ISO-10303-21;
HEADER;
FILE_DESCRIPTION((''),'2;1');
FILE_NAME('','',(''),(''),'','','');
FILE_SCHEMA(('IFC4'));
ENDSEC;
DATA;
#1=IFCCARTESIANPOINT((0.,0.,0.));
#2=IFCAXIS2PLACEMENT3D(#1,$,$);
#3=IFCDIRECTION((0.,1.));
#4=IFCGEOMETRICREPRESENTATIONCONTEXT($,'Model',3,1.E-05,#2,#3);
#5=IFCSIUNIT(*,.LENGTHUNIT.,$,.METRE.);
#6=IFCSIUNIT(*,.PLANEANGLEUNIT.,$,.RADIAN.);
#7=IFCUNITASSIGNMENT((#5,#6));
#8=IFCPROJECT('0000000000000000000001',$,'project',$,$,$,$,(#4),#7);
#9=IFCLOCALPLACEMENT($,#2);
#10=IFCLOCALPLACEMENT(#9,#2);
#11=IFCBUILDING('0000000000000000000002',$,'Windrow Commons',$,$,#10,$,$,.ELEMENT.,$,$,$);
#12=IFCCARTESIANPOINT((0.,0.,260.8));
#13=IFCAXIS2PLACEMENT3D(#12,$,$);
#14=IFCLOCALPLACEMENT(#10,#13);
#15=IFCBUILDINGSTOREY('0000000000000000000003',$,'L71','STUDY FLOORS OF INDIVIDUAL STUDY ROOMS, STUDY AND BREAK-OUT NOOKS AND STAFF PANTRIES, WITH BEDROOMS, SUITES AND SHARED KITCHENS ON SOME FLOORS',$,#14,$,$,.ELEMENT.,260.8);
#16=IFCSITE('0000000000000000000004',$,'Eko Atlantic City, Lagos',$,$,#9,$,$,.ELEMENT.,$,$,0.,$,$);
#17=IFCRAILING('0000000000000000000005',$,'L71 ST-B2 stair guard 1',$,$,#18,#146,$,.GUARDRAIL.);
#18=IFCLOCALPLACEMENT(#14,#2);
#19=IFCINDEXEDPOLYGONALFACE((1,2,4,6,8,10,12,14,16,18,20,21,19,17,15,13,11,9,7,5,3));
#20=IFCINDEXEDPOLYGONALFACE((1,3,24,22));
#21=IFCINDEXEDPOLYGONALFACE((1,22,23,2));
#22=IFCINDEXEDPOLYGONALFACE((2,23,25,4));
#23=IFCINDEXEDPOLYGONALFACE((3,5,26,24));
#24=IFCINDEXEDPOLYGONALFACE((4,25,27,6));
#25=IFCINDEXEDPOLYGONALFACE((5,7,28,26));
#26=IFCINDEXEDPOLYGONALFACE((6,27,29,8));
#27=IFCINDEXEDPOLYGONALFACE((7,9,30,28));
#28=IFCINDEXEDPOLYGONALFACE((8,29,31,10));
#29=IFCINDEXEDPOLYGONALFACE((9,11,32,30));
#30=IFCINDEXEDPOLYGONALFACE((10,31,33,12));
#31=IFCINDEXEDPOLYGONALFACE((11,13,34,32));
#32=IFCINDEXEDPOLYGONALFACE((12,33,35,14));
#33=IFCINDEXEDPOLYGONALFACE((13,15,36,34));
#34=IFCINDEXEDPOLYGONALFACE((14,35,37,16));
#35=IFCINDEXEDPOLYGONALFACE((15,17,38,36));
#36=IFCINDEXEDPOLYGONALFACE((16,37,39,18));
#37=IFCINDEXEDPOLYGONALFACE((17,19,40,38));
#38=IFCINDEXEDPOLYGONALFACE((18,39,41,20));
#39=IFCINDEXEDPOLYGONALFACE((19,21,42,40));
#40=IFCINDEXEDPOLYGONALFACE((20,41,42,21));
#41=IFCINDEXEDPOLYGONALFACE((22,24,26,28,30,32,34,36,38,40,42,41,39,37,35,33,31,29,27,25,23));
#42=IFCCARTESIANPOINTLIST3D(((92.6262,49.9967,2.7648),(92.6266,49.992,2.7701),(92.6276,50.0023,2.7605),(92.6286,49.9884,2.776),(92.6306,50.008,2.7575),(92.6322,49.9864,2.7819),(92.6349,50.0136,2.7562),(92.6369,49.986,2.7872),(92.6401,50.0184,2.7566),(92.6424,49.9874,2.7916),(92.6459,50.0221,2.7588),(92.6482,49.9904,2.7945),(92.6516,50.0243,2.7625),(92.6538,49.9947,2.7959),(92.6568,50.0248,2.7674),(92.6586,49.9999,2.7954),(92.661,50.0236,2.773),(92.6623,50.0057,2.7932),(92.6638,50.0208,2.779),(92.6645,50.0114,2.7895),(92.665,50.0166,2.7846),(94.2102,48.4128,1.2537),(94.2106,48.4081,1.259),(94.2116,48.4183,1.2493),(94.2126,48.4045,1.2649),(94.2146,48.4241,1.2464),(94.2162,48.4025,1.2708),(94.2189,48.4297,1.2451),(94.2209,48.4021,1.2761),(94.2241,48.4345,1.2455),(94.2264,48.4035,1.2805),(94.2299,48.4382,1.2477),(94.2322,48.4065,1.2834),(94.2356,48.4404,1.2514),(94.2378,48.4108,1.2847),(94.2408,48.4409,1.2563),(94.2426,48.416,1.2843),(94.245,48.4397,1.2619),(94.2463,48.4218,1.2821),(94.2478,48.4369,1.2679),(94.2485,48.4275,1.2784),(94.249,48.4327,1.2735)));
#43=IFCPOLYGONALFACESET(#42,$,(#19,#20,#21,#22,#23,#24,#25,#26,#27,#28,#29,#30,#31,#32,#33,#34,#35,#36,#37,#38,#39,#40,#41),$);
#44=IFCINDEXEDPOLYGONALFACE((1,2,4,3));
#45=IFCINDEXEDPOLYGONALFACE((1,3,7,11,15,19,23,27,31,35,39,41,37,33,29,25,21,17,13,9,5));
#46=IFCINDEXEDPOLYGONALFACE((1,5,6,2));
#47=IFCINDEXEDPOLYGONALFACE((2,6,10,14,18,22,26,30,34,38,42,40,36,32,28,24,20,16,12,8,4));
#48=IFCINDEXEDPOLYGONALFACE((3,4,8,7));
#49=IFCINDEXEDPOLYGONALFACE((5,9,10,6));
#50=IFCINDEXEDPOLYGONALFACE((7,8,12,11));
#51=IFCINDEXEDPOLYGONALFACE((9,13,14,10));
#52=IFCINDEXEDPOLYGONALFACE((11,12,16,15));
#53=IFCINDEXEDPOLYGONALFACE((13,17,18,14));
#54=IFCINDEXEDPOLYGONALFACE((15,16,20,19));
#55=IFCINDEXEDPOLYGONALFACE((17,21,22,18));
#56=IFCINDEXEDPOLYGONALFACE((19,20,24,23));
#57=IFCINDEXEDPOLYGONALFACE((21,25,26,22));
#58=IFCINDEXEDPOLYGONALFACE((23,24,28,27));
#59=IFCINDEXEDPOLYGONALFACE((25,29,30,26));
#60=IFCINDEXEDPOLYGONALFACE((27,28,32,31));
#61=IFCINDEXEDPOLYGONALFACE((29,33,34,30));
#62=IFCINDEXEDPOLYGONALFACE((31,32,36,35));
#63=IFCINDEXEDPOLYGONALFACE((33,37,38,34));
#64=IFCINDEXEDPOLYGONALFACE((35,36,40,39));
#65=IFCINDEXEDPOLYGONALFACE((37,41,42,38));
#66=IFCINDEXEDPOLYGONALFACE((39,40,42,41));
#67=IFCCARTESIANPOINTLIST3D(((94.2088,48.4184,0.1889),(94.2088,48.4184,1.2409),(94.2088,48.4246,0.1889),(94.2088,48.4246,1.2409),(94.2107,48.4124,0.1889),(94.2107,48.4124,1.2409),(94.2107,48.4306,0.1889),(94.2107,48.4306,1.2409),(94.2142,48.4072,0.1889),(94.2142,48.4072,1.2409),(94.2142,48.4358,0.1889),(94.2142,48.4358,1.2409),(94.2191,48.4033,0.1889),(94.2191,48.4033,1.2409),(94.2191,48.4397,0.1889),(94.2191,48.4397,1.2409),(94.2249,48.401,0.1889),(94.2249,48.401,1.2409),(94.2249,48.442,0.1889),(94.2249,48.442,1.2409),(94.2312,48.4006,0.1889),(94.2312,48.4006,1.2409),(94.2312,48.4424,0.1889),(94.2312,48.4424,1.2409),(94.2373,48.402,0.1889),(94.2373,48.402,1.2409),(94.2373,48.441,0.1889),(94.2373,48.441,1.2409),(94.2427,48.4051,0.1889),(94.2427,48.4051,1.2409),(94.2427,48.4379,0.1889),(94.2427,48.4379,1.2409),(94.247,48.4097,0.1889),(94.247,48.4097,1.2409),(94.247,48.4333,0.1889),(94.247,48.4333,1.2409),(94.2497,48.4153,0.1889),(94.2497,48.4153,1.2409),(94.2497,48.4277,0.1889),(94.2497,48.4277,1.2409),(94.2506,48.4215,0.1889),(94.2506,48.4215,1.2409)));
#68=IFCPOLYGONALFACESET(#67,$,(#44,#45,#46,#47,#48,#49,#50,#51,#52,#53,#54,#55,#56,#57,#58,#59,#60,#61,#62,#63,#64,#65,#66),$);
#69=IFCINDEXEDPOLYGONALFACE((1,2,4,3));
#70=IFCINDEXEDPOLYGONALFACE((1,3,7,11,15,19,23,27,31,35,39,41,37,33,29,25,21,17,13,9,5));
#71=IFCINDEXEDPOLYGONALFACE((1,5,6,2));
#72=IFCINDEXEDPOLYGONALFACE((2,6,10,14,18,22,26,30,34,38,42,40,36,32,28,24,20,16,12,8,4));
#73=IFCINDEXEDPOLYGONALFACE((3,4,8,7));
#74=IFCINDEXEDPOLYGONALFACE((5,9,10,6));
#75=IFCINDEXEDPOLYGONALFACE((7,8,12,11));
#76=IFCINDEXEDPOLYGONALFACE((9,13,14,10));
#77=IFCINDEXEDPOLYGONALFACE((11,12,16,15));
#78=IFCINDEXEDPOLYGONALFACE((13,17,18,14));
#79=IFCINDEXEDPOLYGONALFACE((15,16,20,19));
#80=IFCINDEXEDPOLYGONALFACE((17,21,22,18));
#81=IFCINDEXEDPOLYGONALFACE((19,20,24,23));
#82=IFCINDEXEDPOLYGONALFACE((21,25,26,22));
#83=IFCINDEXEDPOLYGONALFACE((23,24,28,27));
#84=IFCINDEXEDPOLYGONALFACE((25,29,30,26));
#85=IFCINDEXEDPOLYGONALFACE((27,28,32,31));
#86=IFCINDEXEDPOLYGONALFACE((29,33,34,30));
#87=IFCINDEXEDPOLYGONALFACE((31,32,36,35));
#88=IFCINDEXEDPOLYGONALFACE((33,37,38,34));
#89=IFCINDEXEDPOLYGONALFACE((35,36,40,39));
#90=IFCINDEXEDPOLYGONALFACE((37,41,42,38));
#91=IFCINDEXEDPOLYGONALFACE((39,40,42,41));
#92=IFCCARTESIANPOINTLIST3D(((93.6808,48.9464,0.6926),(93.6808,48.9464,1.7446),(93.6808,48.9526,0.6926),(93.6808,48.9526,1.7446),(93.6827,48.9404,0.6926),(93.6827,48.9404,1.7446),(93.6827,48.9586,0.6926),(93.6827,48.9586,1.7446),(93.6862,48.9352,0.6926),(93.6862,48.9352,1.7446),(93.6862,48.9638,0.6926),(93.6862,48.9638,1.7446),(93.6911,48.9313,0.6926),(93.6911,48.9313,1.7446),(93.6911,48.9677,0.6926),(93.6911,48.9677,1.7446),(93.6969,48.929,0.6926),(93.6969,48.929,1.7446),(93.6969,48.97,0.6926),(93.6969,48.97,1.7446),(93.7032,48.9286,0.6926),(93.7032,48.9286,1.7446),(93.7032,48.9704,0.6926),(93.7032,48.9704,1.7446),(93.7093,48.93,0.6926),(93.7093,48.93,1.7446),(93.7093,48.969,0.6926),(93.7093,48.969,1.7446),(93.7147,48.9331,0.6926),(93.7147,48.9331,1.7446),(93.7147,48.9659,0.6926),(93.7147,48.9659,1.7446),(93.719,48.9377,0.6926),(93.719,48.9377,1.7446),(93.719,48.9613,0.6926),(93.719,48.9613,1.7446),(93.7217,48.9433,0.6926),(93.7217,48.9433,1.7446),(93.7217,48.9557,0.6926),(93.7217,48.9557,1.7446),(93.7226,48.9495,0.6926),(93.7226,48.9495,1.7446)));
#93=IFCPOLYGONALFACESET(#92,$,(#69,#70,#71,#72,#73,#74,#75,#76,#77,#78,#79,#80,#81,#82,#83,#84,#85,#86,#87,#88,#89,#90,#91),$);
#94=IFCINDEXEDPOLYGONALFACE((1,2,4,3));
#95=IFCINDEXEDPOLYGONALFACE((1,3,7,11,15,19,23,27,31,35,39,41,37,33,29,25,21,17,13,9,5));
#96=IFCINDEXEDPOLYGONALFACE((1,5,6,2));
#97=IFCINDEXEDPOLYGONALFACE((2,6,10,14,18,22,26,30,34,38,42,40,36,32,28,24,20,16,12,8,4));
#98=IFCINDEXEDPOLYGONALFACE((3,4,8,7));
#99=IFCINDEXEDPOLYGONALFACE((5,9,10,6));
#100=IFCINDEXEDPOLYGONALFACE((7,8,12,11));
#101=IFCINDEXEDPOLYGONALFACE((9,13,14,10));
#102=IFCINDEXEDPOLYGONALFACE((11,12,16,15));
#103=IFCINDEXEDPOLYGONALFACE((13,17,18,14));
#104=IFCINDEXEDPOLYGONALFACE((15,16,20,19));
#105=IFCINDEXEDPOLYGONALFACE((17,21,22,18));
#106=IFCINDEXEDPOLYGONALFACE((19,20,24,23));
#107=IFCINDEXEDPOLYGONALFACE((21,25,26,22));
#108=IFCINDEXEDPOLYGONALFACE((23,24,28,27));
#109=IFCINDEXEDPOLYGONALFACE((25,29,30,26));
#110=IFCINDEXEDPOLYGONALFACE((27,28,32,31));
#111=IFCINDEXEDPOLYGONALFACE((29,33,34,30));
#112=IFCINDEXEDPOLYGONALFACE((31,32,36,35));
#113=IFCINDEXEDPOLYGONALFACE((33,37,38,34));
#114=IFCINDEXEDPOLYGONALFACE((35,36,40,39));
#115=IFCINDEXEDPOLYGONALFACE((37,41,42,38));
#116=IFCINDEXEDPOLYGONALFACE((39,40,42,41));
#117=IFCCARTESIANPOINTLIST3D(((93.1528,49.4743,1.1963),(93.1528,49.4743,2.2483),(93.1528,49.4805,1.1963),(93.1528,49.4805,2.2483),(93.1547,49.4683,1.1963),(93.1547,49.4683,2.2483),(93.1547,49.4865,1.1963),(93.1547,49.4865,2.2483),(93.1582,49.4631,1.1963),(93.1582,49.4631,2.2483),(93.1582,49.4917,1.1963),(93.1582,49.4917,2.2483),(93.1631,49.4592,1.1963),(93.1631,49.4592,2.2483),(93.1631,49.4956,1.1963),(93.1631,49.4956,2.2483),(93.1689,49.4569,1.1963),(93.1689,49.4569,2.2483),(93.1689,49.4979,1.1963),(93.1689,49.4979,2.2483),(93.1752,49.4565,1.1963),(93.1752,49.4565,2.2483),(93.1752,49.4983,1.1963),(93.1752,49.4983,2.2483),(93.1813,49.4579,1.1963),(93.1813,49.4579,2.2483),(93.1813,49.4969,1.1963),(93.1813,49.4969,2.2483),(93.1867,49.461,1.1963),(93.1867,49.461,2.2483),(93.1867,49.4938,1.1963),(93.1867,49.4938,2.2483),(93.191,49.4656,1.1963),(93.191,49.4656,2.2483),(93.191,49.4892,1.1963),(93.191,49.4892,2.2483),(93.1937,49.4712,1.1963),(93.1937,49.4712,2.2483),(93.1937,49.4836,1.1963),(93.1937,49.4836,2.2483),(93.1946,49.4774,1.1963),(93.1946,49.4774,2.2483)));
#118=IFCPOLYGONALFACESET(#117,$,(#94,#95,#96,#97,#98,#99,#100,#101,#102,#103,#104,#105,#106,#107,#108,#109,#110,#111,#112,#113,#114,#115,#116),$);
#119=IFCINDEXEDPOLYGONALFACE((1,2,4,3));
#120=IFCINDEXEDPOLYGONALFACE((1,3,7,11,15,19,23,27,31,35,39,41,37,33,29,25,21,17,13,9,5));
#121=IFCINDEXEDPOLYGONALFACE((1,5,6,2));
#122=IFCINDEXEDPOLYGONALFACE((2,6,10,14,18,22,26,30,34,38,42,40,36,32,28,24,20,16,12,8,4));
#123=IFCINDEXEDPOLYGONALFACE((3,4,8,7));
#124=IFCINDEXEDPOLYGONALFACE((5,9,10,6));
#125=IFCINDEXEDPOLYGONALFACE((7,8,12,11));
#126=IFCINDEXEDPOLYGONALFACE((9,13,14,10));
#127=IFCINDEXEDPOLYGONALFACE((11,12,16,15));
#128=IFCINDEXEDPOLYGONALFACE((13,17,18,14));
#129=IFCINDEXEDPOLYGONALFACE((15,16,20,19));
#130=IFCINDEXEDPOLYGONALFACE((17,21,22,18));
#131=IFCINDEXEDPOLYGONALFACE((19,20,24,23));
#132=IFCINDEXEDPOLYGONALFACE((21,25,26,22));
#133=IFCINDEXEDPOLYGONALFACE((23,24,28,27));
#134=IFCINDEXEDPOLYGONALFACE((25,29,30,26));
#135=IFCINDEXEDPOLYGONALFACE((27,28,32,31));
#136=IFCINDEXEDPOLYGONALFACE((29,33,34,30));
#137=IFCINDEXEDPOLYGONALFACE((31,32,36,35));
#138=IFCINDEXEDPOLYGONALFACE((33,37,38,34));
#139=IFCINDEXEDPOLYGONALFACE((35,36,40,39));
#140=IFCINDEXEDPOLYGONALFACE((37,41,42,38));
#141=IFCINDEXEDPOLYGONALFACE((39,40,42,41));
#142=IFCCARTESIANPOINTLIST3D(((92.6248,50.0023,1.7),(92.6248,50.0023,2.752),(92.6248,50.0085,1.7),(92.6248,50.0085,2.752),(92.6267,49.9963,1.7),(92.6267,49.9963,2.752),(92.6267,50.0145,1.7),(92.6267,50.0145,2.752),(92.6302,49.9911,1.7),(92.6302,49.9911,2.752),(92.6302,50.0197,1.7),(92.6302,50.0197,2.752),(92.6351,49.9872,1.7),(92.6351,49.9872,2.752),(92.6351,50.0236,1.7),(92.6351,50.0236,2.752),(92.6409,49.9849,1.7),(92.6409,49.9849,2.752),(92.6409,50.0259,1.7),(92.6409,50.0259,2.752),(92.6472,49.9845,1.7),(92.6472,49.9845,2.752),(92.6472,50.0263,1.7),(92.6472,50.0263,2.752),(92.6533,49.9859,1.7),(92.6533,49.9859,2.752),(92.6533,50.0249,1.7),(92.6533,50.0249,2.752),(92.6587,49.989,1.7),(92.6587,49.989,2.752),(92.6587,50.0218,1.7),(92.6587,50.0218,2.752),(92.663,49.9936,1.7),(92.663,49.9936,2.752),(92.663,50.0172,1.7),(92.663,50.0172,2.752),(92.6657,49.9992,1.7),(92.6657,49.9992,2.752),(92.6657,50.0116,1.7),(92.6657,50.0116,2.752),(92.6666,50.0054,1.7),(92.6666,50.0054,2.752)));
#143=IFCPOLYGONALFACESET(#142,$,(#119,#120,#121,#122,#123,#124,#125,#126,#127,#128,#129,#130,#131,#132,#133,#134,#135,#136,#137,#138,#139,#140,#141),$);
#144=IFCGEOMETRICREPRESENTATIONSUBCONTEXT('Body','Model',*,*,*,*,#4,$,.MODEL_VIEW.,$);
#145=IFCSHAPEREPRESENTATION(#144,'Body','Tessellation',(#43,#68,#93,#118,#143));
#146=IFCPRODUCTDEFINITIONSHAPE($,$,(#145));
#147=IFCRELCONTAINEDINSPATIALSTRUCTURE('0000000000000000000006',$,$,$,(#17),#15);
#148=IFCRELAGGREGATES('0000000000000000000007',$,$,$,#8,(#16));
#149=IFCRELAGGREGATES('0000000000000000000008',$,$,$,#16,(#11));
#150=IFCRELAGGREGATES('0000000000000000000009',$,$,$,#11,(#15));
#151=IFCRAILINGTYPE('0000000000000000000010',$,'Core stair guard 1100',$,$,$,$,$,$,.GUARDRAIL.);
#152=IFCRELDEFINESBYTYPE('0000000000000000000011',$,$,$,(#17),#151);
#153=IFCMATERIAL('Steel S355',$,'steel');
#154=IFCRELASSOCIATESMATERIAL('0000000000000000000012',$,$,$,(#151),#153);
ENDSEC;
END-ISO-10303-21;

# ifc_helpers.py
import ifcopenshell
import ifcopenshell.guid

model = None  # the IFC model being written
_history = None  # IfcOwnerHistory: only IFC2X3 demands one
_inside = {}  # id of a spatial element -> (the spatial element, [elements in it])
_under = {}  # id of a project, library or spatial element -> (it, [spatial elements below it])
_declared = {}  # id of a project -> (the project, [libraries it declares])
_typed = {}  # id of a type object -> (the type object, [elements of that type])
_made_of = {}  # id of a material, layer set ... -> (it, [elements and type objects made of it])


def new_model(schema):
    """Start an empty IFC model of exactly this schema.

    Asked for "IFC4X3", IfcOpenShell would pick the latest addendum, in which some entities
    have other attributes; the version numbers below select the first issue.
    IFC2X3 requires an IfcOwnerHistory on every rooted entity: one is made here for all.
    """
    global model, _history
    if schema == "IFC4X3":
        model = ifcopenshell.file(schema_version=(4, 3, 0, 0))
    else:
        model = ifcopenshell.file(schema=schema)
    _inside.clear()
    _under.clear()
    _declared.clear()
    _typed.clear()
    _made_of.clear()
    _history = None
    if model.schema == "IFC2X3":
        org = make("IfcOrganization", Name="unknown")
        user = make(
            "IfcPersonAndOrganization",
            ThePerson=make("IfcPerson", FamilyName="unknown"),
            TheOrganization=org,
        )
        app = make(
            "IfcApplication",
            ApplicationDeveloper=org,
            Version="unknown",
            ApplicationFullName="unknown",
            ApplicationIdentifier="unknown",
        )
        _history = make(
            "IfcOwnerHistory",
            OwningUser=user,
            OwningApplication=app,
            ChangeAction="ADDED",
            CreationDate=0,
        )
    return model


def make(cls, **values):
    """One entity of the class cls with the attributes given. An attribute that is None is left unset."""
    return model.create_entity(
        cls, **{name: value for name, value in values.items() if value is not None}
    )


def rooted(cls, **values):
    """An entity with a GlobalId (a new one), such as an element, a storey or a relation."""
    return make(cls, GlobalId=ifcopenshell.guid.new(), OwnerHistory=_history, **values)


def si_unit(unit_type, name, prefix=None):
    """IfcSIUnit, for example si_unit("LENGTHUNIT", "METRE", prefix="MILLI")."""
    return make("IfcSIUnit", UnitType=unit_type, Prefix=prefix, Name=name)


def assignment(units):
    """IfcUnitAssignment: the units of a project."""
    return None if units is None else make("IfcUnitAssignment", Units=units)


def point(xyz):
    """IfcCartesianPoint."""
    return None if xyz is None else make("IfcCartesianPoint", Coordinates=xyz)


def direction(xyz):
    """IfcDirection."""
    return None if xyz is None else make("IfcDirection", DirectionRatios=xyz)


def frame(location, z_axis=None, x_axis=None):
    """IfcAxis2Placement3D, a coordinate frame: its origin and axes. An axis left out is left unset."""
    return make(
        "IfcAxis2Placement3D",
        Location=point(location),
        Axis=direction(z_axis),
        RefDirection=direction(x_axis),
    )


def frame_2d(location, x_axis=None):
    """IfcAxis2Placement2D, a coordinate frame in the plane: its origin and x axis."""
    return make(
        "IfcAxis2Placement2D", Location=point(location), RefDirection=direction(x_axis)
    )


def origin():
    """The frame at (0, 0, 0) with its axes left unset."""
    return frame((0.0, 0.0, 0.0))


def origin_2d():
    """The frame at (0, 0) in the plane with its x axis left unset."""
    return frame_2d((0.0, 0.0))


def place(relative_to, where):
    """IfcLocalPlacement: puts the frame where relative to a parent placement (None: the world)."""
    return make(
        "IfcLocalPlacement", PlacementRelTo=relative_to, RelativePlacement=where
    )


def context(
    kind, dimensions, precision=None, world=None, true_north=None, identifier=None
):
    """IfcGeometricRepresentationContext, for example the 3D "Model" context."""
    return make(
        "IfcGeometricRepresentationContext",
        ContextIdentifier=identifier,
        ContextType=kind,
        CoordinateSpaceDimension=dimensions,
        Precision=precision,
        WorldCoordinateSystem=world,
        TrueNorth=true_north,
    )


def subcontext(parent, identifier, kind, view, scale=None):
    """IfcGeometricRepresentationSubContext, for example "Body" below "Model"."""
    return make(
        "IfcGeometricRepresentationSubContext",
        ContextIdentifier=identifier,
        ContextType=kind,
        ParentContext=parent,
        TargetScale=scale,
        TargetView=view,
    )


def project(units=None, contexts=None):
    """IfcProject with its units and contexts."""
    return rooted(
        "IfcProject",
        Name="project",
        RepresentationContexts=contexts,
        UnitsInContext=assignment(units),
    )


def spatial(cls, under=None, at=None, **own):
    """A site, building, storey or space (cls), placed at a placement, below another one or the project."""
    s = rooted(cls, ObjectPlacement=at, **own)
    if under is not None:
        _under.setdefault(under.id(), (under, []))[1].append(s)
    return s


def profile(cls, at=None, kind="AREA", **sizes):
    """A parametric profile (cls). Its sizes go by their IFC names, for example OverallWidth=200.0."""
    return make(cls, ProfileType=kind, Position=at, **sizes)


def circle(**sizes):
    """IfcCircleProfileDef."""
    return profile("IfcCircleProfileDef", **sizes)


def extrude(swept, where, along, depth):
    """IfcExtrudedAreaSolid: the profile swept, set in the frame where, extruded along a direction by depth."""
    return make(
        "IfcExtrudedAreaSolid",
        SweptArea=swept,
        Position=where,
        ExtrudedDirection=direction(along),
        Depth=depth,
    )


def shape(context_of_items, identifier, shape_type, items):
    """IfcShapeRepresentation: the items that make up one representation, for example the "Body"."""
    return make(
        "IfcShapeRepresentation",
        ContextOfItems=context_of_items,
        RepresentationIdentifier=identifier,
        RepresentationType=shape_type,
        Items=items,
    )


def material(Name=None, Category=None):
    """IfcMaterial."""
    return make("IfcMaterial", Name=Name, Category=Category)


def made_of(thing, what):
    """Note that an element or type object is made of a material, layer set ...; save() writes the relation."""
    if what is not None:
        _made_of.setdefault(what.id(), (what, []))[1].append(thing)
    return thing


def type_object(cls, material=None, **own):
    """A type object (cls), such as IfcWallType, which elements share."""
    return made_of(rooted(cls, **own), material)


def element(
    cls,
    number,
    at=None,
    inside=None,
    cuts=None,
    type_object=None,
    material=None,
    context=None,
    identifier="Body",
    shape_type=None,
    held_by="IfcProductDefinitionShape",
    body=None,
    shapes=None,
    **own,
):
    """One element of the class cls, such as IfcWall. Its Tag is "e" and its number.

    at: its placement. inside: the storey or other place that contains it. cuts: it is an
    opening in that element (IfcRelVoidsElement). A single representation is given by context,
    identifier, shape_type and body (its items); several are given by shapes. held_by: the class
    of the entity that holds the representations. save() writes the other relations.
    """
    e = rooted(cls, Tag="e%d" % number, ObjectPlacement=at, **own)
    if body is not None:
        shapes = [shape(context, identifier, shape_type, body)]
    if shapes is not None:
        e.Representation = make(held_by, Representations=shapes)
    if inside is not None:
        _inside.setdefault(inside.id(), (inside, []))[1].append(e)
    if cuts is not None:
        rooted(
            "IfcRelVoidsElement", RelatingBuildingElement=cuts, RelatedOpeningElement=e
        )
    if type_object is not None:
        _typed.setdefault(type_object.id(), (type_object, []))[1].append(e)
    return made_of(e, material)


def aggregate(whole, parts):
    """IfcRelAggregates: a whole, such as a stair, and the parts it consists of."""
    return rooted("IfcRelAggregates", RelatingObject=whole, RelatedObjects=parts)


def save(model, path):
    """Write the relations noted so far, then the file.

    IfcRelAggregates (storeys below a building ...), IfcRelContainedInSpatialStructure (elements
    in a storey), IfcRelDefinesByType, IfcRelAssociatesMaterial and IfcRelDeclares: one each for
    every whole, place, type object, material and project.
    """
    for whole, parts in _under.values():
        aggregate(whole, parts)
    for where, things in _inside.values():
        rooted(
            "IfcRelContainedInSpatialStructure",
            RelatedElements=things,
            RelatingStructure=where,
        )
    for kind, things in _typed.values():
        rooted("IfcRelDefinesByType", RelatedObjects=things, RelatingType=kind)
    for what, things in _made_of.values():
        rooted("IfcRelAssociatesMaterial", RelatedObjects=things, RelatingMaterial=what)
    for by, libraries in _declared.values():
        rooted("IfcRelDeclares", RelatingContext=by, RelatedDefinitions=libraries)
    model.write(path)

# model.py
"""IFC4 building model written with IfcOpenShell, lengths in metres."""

from ifc_helpers import new_model, si_unit, direction, frame, origin, origin_2d, place, context, subcontext, project, spatial, circle, extrude, material, type_object, element, save


model = new_model("IFC4")

# Units and contexts
model_context = context("Model", 3, precision=1e-05, world=origin(), true_north=direction((0.0, 1.0)))
body_context = subcontext(model_context, "Body", "Model", "MODEL_VIEW")
ifc_project = project(units=[si_unit("LENGTHUNIT", "METRE"), si_unit("PLANEANGLEUNIT", "RADIAN")], contexts=[model_context])

# Site, building, storey
site_placement = place(None, origin())
site = spatial("IfcSite", under=ifc_project, at=site_placement, Name="Eko Atlantic City, Lagos", CompositionType="ELEMENT", RefElevation=0.0)
building_placement = place(site_placement, origin())
building = spatial("IfcBuilding", under=site, at=building_placement, Name="Windrow Commons", CompositionType="ELEMENT")
storey_placement = place(building_placement, frame((0.0, 0.0, 260.8)))
storey = spatial("IfcBuildingStorey", under=building, at=storey_placement, Name="L71", Description="STUDY FLOORS OF INDIVIDUAL STUDY ROOMS, STUDY AND BREAK-OUT NOOKS AND STAFF PANTRIES, WITH BEDROOMS, SUITES AND SHARED KITCHENS ON SOME FLOORS", CompositionType="ELEMENT", Elevation=260.8)

# Railing
ifc_material_1 = material(Name="Steel S355", Category="steel")
railing_type_1 = type_object("IfcRailingType", Name="Core stair guard 1100", PredefinedType="GUARDRAIL", material=ifc_material_1)
railing_1_placement = place(storey_placement, frame((94.2296, 48.4215, 0.1889)))
element("IfcRailing", 1, at=railing_1_placement, inside=storey, type_object=railing_type_1, Name="L71 ST-B2 stair guard 1", PredefinedType="GUARDRAIL", context=body_context, shape_type="SweptSolid", body=[
    extrude(circle(Radius=0.024, at=origin_2d()), frame((0.0, 0.0, 1.076), z_axis=(-0.586216, 0.586179, 0.559237), x_axis=(-0.707084, -0.707129, 0.0)), (0.0, 0.0, 1.0), 2.7021),
    extrude(circle(Radius=0.021, at=origin_2d()), origin(), (0.0, 0.0, 1.0), 1.052),
    extrude(circle(Radius=0.021, at=origin_2d()), frame((-0.528, 0.528, 0.5037)), (0.0, 0.0, 1.0), 1.052),
    extrude(circle(Radius=0.021, at=origin_2d()), frame((-1.056, 1.0559, 1.0074)), (0.0, 0.0, 1.0), 1.052),
    extrude(circle(Radius=0.021, at=origin_2d()), frame((-1.584, 1.5839, 1.5111)), (0.0, 0.0, 1.0), 1.052),
])

save(model, "model.ifc")
